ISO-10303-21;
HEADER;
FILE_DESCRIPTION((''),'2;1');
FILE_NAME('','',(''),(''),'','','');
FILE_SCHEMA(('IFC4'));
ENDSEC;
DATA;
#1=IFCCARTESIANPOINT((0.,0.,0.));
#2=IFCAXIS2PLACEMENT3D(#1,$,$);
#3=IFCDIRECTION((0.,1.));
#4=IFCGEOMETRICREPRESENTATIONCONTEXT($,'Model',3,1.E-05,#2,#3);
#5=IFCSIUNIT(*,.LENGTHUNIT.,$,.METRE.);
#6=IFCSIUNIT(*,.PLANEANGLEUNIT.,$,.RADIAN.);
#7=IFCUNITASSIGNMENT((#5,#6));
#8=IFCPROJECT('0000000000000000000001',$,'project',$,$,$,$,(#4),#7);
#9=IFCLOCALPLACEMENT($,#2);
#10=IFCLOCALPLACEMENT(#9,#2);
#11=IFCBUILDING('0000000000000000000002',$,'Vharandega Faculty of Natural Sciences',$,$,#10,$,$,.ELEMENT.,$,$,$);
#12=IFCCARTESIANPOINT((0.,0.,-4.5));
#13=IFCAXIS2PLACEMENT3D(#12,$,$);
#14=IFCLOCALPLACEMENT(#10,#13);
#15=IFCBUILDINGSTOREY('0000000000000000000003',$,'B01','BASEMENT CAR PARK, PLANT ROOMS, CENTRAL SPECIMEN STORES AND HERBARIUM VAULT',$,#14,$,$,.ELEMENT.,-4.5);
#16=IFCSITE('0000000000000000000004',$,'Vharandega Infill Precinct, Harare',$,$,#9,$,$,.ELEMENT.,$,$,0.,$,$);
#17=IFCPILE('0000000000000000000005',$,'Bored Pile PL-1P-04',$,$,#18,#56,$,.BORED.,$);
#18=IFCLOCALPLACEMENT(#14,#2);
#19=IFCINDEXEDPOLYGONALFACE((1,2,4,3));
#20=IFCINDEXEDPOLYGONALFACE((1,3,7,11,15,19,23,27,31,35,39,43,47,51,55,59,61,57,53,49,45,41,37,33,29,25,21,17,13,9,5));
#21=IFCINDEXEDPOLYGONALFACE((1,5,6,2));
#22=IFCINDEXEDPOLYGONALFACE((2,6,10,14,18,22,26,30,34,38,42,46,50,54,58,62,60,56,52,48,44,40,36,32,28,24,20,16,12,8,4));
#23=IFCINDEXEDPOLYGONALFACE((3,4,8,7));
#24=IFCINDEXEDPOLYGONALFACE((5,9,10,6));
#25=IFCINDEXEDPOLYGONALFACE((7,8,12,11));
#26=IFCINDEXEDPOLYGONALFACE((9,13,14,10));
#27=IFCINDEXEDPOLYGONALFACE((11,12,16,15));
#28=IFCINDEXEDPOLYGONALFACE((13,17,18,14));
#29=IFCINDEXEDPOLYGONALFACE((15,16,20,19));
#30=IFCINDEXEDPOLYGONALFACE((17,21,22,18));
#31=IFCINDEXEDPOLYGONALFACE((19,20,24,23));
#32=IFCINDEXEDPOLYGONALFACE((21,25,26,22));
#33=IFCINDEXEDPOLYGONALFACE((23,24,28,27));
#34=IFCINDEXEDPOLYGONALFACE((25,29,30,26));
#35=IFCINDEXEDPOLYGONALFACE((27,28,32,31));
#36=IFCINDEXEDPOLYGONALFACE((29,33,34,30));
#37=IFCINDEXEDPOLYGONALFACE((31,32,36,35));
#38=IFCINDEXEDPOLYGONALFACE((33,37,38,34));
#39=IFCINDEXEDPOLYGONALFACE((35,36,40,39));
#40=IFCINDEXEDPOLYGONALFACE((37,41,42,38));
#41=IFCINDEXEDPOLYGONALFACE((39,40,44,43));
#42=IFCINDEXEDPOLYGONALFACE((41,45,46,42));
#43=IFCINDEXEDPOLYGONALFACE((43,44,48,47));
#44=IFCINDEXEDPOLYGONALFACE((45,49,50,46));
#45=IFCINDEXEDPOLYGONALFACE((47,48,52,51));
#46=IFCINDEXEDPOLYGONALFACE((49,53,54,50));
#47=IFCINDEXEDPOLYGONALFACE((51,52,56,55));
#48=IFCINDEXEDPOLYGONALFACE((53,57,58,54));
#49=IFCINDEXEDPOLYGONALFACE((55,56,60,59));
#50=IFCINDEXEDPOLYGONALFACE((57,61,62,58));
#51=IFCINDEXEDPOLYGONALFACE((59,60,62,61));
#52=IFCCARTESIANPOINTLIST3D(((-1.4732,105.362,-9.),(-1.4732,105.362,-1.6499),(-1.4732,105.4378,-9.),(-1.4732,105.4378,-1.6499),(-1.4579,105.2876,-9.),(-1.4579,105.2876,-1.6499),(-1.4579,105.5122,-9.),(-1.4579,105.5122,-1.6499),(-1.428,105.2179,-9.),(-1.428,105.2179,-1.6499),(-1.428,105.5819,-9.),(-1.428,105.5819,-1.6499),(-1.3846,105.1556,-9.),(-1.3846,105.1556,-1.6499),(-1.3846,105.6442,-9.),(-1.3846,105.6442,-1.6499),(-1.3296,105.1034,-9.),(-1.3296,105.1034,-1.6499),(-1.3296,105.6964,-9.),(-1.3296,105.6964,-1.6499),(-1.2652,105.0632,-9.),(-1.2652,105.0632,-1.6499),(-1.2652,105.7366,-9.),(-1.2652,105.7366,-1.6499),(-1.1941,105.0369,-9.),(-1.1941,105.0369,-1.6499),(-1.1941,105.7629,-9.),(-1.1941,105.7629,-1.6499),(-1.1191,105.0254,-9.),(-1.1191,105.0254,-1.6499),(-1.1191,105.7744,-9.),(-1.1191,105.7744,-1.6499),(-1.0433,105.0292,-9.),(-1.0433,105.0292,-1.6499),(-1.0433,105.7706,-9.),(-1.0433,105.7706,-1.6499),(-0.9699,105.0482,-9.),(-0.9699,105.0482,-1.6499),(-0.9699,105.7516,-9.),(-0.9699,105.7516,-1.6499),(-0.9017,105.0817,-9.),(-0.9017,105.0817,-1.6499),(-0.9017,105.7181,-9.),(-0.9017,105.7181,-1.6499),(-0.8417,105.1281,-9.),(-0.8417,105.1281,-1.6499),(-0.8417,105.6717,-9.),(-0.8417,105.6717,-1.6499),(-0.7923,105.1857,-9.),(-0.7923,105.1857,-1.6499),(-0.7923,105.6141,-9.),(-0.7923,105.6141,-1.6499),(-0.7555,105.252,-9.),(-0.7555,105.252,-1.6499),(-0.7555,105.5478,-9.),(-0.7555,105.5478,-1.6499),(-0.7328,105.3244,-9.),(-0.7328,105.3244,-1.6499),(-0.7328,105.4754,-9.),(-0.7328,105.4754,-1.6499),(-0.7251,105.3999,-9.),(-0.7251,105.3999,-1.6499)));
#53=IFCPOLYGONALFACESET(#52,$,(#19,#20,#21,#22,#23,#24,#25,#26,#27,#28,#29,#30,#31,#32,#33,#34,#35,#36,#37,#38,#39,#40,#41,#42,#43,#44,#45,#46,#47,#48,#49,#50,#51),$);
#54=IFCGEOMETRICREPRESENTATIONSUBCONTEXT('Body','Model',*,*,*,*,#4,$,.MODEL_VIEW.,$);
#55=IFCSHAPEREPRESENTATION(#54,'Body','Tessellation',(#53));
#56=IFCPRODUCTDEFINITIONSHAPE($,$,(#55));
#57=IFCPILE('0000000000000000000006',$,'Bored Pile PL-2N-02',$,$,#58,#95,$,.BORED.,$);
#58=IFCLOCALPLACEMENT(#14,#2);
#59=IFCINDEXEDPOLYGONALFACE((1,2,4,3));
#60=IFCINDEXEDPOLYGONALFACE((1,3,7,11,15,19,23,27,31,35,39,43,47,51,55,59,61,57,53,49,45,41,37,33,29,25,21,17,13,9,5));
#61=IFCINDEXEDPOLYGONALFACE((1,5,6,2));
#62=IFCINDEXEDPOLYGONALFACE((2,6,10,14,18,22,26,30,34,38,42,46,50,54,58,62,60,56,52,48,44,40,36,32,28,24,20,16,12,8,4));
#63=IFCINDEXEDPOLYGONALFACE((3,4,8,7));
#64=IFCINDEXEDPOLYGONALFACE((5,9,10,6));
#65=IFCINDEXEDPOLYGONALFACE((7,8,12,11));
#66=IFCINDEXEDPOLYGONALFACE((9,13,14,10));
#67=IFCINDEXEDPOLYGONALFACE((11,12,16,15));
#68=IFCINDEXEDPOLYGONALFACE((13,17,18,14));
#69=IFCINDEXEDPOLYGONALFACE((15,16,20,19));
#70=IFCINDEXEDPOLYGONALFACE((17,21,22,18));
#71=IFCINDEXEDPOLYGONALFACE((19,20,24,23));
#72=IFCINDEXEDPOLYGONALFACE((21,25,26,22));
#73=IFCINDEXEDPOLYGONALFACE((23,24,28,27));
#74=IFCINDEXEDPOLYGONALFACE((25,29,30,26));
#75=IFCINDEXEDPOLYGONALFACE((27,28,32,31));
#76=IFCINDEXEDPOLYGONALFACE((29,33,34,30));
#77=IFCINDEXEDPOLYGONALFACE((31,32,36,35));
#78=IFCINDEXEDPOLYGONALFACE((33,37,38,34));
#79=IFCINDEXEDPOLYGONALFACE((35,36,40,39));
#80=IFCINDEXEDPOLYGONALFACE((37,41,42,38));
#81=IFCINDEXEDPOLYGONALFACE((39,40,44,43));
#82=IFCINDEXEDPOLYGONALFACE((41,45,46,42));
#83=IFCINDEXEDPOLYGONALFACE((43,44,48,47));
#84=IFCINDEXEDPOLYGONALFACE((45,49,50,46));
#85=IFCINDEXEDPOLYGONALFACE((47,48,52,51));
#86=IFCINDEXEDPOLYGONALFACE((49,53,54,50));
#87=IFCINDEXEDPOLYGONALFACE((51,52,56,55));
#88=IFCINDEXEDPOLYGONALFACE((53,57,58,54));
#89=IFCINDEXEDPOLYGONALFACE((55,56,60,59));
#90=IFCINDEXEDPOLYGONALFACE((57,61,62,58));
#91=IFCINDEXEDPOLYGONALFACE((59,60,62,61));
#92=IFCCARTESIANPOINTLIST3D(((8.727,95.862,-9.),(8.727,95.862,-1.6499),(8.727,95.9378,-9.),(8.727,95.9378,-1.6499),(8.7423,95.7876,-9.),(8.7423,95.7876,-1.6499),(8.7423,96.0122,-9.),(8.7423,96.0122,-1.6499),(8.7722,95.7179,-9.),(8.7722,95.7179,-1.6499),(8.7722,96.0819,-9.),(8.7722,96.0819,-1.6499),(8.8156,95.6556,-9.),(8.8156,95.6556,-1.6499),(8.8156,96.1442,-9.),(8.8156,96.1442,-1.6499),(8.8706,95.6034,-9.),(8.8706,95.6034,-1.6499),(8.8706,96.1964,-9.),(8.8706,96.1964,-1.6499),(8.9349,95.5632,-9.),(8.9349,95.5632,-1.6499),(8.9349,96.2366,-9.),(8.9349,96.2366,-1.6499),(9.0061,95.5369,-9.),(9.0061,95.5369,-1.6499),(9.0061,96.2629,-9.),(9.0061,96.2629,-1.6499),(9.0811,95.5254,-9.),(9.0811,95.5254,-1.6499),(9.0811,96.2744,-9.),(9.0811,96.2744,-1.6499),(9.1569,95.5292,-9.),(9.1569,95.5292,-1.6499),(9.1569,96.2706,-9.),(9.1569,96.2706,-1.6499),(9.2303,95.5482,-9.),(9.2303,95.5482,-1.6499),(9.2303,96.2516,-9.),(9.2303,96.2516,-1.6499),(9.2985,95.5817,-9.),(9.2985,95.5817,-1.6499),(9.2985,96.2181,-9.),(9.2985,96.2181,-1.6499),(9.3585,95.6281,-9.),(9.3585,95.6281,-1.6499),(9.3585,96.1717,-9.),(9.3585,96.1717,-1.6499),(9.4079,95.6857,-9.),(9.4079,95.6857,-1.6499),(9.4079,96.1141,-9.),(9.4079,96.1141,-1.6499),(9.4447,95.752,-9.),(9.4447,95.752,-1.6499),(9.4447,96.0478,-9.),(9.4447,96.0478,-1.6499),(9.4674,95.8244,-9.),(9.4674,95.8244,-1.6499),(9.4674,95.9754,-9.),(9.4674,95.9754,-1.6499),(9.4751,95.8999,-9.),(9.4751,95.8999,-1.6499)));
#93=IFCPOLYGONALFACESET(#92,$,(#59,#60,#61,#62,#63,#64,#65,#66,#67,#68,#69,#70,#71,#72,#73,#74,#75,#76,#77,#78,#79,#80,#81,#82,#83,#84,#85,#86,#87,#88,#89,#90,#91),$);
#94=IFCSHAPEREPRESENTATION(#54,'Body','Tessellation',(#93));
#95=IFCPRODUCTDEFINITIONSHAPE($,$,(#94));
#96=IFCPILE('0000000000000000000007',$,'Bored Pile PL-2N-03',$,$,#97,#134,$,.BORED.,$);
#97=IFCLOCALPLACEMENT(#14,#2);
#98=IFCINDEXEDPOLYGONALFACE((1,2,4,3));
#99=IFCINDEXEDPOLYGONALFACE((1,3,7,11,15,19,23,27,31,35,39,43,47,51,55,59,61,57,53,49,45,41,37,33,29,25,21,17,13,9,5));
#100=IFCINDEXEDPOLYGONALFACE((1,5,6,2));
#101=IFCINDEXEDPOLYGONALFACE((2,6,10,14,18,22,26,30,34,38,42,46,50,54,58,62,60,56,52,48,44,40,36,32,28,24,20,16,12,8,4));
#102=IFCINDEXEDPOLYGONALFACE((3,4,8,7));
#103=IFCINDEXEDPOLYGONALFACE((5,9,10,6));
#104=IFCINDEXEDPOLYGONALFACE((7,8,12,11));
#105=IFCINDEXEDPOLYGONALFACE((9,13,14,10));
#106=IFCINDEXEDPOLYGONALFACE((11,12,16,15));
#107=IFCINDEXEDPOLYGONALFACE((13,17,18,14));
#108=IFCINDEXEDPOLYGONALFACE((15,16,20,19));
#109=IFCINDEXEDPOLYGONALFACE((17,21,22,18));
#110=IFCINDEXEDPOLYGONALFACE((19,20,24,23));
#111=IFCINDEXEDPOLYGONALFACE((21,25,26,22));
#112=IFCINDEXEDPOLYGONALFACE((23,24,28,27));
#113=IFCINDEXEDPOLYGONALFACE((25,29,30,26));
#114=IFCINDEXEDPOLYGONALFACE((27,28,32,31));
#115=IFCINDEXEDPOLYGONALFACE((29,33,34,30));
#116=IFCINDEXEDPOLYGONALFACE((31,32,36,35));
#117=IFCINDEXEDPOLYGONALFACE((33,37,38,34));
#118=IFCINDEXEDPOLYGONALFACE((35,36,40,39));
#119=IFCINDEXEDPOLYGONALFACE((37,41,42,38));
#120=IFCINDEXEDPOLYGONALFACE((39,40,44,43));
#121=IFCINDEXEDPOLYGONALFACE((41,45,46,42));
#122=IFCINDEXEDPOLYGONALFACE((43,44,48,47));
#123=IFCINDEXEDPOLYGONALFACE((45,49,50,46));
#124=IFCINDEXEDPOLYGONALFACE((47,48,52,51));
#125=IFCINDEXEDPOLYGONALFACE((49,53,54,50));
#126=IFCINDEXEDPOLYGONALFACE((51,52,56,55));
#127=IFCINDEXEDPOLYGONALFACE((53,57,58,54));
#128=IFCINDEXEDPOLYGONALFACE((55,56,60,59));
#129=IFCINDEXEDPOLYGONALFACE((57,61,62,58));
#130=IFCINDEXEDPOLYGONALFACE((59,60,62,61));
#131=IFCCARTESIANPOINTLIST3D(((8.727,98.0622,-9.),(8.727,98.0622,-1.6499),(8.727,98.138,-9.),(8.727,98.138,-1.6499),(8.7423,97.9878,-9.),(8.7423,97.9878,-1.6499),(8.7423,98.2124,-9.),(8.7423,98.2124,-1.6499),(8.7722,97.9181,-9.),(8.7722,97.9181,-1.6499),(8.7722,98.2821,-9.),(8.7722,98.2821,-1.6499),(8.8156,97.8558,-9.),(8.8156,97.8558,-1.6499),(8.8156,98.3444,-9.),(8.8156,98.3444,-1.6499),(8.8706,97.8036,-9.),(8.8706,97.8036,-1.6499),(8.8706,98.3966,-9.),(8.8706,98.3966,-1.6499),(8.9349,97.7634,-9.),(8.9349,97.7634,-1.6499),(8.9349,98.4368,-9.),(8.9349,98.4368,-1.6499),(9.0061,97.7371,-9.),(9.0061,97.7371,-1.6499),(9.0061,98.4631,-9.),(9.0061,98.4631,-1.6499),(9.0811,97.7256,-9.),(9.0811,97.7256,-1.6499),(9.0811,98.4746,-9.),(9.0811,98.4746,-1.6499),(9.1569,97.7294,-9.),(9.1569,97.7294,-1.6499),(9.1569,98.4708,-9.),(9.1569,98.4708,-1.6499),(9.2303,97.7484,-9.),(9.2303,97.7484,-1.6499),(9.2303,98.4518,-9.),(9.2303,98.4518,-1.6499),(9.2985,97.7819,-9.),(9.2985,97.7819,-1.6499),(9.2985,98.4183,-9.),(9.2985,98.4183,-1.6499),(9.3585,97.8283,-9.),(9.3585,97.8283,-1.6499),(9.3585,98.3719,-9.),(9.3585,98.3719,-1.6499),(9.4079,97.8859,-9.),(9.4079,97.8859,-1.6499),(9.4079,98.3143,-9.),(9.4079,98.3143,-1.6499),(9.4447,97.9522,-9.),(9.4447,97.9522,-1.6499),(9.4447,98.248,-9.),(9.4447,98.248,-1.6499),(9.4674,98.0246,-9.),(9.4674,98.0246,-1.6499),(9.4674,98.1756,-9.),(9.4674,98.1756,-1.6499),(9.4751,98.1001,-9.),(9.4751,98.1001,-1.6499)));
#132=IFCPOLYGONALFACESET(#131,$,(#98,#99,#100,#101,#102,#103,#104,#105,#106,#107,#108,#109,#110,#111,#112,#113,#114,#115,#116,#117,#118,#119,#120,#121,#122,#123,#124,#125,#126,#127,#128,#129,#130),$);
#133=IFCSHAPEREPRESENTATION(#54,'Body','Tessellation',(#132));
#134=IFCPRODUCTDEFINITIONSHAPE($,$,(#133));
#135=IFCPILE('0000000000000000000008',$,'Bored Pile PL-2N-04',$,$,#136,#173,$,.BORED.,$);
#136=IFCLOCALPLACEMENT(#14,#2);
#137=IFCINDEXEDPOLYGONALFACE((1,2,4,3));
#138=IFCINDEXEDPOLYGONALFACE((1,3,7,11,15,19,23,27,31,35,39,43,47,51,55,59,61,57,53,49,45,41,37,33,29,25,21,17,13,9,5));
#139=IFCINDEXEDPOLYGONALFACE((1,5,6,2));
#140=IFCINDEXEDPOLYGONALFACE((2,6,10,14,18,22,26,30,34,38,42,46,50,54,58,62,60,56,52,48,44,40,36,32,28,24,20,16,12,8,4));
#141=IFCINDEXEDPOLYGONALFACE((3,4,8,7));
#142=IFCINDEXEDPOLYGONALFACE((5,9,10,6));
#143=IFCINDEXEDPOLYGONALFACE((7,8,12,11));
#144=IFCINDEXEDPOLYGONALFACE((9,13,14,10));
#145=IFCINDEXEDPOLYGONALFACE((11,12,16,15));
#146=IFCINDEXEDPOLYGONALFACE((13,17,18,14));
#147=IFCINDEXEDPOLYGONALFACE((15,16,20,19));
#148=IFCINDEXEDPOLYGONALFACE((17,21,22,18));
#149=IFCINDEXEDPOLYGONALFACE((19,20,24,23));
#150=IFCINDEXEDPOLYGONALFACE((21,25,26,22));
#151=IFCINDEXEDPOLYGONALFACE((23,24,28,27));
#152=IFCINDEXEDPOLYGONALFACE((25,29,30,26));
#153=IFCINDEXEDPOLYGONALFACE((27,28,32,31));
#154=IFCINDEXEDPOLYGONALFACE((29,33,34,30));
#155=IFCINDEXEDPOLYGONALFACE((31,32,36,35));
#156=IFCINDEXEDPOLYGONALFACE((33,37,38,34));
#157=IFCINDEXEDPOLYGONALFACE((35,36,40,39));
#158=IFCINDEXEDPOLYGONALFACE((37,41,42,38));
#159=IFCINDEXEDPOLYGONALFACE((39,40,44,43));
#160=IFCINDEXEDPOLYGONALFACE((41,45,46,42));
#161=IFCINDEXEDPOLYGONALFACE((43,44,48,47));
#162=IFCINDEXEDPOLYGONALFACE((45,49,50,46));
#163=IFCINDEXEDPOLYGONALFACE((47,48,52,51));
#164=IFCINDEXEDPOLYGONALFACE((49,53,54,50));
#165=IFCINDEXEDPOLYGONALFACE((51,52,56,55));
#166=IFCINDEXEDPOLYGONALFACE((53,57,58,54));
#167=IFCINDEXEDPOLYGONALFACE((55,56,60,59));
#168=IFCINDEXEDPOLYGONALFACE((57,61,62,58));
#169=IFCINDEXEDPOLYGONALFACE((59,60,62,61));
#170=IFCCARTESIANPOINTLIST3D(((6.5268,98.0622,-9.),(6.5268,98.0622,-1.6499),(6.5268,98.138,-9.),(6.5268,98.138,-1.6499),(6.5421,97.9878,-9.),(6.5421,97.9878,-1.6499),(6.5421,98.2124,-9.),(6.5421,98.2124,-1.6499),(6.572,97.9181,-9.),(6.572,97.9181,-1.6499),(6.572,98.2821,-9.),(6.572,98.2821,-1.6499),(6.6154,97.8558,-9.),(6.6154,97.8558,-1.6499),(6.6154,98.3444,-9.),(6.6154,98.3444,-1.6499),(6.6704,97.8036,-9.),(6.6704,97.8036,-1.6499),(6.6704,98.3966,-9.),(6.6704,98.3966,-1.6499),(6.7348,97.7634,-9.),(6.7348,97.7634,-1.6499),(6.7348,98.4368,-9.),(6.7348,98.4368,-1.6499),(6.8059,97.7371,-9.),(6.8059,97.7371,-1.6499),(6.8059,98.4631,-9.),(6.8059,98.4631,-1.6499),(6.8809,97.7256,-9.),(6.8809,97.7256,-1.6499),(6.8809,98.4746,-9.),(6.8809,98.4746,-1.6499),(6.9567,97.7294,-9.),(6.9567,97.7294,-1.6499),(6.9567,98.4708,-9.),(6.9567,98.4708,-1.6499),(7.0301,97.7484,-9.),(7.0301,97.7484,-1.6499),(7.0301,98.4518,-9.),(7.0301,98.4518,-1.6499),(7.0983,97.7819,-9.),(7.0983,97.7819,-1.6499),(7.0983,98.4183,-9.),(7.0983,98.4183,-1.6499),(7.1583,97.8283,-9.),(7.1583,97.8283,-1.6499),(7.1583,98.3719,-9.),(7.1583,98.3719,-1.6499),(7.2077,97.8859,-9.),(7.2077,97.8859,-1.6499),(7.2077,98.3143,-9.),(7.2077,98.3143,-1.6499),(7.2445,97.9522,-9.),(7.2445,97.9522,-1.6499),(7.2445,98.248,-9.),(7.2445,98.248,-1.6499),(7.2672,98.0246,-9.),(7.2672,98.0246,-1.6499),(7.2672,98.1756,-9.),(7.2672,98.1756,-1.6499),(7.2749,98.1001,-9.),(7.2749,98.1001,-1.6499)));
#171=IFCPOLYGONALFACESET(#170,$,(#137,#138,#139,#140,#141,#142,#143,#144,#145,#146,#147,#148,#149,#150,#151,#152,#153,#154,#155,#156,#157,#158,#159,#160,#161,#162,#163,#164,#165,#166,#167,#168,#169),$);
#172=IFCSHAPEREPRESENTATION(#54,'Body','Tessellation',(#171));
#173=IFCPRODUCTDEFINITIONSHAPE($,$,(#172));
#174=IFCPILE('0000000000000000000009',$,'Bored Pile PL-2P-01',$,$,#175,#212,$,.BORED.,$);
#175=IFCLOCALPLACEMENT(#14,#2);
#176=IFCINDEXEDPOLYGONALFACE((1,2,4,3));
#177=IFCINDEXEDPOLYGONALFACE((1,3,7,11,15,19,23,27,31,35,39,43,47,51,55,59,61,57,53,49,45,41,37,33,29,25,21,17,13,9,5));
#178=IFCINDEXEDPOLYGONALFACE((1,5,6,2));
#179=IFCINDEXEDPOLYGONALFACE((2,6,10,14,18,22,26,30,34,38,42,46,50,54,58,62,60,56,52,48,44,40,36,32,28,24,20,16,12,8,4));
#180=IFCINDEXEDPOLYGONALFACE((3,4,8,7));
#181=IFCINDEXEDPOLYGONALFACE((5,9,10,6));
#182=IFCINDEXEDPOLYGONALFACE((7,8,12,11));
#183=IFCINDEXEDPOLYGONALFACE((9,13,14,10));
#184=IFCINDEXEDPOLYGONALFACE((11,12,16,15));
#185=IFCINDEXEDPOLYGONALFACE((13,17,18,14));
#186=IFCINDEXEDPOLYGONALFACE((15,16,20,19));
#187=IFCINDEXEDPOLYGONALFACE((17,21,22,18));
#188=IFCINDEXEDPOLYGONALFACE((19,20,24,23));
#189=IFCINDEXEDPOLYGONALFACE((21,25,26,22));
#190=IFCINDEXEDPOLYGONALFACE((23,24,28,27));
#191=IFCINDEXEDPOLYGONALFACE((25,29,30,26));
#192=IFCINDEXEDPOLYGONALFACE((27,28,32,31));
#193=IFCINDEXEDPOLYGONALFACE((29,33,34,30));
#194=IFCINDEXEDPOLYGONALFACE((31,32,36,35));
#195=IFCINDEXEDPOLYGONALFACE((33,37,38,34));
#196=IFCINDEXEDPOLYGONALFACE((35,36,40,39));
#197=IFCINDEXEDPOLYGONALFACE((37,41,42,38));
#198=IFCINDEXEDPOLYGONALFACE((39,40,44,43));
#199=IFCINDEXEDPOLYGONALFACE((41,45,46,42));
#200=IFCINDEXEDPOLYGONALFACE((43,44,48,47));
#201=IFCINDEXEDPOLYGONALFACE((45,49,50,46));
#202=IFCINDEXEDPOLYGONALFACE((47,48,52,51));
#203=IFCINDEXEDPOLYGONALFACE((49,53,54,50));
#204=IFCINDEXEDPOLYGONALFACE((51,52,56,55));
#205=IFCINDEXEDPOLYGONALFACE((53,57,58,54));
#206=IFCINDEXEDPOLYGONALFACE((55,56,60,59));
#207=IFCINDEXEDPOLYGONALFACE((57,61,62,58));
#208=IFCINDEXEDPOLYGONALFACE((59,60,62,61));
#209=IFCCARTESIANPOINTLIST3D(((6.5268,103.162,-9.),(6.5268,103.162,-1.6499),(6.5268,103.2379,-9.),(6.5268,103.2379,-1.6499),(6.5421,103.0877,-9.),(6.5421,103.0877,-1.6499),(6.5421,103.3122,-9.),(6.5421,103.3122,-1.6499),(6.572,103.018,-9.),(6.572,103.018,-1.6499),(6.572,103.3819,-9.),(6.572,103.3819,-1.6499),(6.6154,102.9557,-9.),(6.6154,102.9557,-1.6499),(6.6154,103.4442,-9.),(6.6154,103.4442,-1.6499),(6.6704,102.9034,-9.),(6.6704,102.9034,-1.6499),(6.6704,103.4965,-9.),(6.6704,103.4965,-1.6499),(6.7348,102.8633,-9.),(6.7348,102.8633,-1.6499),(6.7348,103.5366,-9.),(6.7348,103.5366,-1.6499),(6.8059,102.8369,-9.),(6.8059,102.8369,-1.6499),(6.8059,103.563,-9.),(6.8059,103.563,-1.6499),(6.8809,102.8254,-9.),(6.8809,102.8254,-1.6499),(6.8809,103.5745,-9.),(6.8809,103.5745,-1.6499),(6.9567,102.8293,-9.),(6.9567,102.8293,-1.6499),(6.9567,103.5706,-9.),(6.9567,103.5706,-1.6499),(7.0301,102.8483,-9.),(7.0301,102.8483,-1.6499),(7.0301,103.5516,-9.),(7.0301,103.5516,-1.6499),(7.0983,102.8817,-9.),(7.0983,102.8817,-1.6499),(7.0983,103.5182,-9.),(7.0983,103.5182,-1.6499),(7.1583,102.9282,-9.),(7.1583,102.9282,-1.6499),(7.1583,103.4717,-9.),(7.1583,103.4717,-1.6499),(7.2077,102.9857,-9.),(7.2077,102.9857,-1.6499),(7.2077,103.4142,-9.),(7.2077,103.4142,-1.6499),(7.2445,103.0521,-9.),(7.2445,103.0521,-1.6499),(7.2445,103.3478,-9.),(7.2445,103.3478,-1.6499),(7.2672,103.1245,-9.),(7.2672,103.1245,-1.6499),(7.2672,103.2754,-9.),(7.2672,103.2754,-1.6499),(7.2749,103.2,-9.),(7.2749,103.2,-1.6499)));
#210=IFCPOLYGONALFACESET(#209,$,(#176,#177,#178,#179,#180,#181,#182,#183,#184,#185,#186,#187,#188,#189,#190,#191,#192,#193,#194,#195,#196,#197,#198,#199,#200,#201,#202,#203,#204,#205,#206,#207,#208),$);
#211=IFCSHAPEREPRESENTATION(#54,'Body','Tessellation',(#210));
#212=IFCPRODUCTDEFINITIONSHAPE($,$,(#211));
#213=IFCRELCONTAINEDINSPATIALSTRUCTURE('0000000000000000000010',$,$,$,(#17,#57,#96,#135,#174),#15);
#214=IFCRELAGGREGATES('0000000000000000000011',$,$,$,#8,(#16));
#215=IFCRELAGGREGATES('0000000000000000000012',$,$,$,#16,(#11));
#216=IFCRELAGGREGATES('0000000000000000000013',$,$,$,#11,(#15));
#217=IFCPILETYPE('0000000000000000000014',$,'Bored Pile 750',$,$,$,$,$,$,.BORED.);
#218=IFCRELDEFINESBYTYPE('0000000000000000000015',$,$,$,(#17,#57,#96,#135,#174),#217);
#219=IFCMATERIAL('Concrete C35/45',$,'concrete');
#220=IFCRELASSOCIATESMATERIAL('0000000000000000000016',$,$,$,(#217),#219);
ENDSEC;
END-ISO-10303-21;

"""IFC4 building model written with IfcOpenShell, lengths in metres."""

from ifc_helpers import new_model, si_unit, direction, frame, origin, origin_2d, place, context, subcontext, project, spatial, circle, extrude, material, material_profile, profile_set, type_object, element, save


model = new_model("IFC4")

# Units and contexts
model_context = context("Model", 3, precision=1e-05, world=origin(), true_north=direction((0.0, 1.0)))
body_context = subcontext(model_context, "Body", "Model", "MODEL_VIEW")
ifc_project = project(units=[si_unit("LENGTHUNIT", "METRE"), si_unit("PLANEANGLEUNIT", "RADIAN")], contexts=[model_context])

# Site, building, storey
site_placement = place(None, origin())
site = spatial("IfcSite", under=ifc_project, at=site_placement, Name="Vharandega Infill Precinct, Harare", CompositionType="ELEMENT", RefElevation=0.0)
building_placement = place(site_placement, origin())
building = spatial("IfcBuilding", under=site, at=building_placement, Name="Vharandega Faculty of Natural Sciences", CompositionType="ELEMENT")
storey_placement = place(building_placement, frame((0.0, 0.0, -4.5)))
storey = spatial("IfcBuildingStorey", under=building, at=storey_placement, Name="B01", Description="BASEMENT CAR PARK, PLANT ROOMS, CENTRAL SPECIMEN STORES AND HERBARIUM VAULT", CompositionType="ELEMENT", Elevation=-4.5)

# Piles
ifc_material_1 = material(Name="Concrete C35/45", Category="concrete")
ifc_material_profile_1 = material_profile(ifc_material_1, circle(Radius=0.375, at=origin_2d()), Name="PILE 750")
ifc_profile_set_1 = profile_set([ifc_material_profile_1], Name="Concrete C35/45")
pile_type = type_object("IfcPileType", Name="Bored Pile 750", PredefinedType="BORED", material=ifc_profile_set_1)
for number, where, z_axis, x_axis, name in (
    (1, (-1.1001, 105.3999, -1.6499), (0.0, 0.0, -1.0), (1.0, 0.0, 0.0), "Bored Pile PL-1P-04"),
    (2, (9.1001, 95.8999, -1.6499), (0.0, 0.0, -1.0), (1.0, 0.0, 0.0), "Bored Pile PL-2N-02"),
    (3, (9.1001, 98.1001, -1.6499), (0.0, 0.0, -1.0), (1.0, 0.0, 0.0), "Bored Pile PL-2N-03"),
    (4, (6.8999, 98.1001, -1.6499), (0.0, 0.0, -1.0), (1.0, 0.0, 0.0), "Bored Pile PL-2N-04"),
    (5, (6.8999, 103.2, -1.6499), (0.0, 0.0, -1.0), (1.0, 0.0, 0.0), "Bored Pile PL-2P-01"),
):
    element("IfcPile", number, at=place(storey_placement, frame(where, z_axis=z_axis, x_axis=x_axis)), inside=storey, type_object=pile_type, Name=name, PredefinedType="BORED", context=body_context, shape_type="SweptSolid", body=[
        extrude(circle(Radius=0.375, at=origin_2d()), origin(), (0.0, 0.0, 1.0), 7.3501),
    ])

save(model, "model.ifc")
